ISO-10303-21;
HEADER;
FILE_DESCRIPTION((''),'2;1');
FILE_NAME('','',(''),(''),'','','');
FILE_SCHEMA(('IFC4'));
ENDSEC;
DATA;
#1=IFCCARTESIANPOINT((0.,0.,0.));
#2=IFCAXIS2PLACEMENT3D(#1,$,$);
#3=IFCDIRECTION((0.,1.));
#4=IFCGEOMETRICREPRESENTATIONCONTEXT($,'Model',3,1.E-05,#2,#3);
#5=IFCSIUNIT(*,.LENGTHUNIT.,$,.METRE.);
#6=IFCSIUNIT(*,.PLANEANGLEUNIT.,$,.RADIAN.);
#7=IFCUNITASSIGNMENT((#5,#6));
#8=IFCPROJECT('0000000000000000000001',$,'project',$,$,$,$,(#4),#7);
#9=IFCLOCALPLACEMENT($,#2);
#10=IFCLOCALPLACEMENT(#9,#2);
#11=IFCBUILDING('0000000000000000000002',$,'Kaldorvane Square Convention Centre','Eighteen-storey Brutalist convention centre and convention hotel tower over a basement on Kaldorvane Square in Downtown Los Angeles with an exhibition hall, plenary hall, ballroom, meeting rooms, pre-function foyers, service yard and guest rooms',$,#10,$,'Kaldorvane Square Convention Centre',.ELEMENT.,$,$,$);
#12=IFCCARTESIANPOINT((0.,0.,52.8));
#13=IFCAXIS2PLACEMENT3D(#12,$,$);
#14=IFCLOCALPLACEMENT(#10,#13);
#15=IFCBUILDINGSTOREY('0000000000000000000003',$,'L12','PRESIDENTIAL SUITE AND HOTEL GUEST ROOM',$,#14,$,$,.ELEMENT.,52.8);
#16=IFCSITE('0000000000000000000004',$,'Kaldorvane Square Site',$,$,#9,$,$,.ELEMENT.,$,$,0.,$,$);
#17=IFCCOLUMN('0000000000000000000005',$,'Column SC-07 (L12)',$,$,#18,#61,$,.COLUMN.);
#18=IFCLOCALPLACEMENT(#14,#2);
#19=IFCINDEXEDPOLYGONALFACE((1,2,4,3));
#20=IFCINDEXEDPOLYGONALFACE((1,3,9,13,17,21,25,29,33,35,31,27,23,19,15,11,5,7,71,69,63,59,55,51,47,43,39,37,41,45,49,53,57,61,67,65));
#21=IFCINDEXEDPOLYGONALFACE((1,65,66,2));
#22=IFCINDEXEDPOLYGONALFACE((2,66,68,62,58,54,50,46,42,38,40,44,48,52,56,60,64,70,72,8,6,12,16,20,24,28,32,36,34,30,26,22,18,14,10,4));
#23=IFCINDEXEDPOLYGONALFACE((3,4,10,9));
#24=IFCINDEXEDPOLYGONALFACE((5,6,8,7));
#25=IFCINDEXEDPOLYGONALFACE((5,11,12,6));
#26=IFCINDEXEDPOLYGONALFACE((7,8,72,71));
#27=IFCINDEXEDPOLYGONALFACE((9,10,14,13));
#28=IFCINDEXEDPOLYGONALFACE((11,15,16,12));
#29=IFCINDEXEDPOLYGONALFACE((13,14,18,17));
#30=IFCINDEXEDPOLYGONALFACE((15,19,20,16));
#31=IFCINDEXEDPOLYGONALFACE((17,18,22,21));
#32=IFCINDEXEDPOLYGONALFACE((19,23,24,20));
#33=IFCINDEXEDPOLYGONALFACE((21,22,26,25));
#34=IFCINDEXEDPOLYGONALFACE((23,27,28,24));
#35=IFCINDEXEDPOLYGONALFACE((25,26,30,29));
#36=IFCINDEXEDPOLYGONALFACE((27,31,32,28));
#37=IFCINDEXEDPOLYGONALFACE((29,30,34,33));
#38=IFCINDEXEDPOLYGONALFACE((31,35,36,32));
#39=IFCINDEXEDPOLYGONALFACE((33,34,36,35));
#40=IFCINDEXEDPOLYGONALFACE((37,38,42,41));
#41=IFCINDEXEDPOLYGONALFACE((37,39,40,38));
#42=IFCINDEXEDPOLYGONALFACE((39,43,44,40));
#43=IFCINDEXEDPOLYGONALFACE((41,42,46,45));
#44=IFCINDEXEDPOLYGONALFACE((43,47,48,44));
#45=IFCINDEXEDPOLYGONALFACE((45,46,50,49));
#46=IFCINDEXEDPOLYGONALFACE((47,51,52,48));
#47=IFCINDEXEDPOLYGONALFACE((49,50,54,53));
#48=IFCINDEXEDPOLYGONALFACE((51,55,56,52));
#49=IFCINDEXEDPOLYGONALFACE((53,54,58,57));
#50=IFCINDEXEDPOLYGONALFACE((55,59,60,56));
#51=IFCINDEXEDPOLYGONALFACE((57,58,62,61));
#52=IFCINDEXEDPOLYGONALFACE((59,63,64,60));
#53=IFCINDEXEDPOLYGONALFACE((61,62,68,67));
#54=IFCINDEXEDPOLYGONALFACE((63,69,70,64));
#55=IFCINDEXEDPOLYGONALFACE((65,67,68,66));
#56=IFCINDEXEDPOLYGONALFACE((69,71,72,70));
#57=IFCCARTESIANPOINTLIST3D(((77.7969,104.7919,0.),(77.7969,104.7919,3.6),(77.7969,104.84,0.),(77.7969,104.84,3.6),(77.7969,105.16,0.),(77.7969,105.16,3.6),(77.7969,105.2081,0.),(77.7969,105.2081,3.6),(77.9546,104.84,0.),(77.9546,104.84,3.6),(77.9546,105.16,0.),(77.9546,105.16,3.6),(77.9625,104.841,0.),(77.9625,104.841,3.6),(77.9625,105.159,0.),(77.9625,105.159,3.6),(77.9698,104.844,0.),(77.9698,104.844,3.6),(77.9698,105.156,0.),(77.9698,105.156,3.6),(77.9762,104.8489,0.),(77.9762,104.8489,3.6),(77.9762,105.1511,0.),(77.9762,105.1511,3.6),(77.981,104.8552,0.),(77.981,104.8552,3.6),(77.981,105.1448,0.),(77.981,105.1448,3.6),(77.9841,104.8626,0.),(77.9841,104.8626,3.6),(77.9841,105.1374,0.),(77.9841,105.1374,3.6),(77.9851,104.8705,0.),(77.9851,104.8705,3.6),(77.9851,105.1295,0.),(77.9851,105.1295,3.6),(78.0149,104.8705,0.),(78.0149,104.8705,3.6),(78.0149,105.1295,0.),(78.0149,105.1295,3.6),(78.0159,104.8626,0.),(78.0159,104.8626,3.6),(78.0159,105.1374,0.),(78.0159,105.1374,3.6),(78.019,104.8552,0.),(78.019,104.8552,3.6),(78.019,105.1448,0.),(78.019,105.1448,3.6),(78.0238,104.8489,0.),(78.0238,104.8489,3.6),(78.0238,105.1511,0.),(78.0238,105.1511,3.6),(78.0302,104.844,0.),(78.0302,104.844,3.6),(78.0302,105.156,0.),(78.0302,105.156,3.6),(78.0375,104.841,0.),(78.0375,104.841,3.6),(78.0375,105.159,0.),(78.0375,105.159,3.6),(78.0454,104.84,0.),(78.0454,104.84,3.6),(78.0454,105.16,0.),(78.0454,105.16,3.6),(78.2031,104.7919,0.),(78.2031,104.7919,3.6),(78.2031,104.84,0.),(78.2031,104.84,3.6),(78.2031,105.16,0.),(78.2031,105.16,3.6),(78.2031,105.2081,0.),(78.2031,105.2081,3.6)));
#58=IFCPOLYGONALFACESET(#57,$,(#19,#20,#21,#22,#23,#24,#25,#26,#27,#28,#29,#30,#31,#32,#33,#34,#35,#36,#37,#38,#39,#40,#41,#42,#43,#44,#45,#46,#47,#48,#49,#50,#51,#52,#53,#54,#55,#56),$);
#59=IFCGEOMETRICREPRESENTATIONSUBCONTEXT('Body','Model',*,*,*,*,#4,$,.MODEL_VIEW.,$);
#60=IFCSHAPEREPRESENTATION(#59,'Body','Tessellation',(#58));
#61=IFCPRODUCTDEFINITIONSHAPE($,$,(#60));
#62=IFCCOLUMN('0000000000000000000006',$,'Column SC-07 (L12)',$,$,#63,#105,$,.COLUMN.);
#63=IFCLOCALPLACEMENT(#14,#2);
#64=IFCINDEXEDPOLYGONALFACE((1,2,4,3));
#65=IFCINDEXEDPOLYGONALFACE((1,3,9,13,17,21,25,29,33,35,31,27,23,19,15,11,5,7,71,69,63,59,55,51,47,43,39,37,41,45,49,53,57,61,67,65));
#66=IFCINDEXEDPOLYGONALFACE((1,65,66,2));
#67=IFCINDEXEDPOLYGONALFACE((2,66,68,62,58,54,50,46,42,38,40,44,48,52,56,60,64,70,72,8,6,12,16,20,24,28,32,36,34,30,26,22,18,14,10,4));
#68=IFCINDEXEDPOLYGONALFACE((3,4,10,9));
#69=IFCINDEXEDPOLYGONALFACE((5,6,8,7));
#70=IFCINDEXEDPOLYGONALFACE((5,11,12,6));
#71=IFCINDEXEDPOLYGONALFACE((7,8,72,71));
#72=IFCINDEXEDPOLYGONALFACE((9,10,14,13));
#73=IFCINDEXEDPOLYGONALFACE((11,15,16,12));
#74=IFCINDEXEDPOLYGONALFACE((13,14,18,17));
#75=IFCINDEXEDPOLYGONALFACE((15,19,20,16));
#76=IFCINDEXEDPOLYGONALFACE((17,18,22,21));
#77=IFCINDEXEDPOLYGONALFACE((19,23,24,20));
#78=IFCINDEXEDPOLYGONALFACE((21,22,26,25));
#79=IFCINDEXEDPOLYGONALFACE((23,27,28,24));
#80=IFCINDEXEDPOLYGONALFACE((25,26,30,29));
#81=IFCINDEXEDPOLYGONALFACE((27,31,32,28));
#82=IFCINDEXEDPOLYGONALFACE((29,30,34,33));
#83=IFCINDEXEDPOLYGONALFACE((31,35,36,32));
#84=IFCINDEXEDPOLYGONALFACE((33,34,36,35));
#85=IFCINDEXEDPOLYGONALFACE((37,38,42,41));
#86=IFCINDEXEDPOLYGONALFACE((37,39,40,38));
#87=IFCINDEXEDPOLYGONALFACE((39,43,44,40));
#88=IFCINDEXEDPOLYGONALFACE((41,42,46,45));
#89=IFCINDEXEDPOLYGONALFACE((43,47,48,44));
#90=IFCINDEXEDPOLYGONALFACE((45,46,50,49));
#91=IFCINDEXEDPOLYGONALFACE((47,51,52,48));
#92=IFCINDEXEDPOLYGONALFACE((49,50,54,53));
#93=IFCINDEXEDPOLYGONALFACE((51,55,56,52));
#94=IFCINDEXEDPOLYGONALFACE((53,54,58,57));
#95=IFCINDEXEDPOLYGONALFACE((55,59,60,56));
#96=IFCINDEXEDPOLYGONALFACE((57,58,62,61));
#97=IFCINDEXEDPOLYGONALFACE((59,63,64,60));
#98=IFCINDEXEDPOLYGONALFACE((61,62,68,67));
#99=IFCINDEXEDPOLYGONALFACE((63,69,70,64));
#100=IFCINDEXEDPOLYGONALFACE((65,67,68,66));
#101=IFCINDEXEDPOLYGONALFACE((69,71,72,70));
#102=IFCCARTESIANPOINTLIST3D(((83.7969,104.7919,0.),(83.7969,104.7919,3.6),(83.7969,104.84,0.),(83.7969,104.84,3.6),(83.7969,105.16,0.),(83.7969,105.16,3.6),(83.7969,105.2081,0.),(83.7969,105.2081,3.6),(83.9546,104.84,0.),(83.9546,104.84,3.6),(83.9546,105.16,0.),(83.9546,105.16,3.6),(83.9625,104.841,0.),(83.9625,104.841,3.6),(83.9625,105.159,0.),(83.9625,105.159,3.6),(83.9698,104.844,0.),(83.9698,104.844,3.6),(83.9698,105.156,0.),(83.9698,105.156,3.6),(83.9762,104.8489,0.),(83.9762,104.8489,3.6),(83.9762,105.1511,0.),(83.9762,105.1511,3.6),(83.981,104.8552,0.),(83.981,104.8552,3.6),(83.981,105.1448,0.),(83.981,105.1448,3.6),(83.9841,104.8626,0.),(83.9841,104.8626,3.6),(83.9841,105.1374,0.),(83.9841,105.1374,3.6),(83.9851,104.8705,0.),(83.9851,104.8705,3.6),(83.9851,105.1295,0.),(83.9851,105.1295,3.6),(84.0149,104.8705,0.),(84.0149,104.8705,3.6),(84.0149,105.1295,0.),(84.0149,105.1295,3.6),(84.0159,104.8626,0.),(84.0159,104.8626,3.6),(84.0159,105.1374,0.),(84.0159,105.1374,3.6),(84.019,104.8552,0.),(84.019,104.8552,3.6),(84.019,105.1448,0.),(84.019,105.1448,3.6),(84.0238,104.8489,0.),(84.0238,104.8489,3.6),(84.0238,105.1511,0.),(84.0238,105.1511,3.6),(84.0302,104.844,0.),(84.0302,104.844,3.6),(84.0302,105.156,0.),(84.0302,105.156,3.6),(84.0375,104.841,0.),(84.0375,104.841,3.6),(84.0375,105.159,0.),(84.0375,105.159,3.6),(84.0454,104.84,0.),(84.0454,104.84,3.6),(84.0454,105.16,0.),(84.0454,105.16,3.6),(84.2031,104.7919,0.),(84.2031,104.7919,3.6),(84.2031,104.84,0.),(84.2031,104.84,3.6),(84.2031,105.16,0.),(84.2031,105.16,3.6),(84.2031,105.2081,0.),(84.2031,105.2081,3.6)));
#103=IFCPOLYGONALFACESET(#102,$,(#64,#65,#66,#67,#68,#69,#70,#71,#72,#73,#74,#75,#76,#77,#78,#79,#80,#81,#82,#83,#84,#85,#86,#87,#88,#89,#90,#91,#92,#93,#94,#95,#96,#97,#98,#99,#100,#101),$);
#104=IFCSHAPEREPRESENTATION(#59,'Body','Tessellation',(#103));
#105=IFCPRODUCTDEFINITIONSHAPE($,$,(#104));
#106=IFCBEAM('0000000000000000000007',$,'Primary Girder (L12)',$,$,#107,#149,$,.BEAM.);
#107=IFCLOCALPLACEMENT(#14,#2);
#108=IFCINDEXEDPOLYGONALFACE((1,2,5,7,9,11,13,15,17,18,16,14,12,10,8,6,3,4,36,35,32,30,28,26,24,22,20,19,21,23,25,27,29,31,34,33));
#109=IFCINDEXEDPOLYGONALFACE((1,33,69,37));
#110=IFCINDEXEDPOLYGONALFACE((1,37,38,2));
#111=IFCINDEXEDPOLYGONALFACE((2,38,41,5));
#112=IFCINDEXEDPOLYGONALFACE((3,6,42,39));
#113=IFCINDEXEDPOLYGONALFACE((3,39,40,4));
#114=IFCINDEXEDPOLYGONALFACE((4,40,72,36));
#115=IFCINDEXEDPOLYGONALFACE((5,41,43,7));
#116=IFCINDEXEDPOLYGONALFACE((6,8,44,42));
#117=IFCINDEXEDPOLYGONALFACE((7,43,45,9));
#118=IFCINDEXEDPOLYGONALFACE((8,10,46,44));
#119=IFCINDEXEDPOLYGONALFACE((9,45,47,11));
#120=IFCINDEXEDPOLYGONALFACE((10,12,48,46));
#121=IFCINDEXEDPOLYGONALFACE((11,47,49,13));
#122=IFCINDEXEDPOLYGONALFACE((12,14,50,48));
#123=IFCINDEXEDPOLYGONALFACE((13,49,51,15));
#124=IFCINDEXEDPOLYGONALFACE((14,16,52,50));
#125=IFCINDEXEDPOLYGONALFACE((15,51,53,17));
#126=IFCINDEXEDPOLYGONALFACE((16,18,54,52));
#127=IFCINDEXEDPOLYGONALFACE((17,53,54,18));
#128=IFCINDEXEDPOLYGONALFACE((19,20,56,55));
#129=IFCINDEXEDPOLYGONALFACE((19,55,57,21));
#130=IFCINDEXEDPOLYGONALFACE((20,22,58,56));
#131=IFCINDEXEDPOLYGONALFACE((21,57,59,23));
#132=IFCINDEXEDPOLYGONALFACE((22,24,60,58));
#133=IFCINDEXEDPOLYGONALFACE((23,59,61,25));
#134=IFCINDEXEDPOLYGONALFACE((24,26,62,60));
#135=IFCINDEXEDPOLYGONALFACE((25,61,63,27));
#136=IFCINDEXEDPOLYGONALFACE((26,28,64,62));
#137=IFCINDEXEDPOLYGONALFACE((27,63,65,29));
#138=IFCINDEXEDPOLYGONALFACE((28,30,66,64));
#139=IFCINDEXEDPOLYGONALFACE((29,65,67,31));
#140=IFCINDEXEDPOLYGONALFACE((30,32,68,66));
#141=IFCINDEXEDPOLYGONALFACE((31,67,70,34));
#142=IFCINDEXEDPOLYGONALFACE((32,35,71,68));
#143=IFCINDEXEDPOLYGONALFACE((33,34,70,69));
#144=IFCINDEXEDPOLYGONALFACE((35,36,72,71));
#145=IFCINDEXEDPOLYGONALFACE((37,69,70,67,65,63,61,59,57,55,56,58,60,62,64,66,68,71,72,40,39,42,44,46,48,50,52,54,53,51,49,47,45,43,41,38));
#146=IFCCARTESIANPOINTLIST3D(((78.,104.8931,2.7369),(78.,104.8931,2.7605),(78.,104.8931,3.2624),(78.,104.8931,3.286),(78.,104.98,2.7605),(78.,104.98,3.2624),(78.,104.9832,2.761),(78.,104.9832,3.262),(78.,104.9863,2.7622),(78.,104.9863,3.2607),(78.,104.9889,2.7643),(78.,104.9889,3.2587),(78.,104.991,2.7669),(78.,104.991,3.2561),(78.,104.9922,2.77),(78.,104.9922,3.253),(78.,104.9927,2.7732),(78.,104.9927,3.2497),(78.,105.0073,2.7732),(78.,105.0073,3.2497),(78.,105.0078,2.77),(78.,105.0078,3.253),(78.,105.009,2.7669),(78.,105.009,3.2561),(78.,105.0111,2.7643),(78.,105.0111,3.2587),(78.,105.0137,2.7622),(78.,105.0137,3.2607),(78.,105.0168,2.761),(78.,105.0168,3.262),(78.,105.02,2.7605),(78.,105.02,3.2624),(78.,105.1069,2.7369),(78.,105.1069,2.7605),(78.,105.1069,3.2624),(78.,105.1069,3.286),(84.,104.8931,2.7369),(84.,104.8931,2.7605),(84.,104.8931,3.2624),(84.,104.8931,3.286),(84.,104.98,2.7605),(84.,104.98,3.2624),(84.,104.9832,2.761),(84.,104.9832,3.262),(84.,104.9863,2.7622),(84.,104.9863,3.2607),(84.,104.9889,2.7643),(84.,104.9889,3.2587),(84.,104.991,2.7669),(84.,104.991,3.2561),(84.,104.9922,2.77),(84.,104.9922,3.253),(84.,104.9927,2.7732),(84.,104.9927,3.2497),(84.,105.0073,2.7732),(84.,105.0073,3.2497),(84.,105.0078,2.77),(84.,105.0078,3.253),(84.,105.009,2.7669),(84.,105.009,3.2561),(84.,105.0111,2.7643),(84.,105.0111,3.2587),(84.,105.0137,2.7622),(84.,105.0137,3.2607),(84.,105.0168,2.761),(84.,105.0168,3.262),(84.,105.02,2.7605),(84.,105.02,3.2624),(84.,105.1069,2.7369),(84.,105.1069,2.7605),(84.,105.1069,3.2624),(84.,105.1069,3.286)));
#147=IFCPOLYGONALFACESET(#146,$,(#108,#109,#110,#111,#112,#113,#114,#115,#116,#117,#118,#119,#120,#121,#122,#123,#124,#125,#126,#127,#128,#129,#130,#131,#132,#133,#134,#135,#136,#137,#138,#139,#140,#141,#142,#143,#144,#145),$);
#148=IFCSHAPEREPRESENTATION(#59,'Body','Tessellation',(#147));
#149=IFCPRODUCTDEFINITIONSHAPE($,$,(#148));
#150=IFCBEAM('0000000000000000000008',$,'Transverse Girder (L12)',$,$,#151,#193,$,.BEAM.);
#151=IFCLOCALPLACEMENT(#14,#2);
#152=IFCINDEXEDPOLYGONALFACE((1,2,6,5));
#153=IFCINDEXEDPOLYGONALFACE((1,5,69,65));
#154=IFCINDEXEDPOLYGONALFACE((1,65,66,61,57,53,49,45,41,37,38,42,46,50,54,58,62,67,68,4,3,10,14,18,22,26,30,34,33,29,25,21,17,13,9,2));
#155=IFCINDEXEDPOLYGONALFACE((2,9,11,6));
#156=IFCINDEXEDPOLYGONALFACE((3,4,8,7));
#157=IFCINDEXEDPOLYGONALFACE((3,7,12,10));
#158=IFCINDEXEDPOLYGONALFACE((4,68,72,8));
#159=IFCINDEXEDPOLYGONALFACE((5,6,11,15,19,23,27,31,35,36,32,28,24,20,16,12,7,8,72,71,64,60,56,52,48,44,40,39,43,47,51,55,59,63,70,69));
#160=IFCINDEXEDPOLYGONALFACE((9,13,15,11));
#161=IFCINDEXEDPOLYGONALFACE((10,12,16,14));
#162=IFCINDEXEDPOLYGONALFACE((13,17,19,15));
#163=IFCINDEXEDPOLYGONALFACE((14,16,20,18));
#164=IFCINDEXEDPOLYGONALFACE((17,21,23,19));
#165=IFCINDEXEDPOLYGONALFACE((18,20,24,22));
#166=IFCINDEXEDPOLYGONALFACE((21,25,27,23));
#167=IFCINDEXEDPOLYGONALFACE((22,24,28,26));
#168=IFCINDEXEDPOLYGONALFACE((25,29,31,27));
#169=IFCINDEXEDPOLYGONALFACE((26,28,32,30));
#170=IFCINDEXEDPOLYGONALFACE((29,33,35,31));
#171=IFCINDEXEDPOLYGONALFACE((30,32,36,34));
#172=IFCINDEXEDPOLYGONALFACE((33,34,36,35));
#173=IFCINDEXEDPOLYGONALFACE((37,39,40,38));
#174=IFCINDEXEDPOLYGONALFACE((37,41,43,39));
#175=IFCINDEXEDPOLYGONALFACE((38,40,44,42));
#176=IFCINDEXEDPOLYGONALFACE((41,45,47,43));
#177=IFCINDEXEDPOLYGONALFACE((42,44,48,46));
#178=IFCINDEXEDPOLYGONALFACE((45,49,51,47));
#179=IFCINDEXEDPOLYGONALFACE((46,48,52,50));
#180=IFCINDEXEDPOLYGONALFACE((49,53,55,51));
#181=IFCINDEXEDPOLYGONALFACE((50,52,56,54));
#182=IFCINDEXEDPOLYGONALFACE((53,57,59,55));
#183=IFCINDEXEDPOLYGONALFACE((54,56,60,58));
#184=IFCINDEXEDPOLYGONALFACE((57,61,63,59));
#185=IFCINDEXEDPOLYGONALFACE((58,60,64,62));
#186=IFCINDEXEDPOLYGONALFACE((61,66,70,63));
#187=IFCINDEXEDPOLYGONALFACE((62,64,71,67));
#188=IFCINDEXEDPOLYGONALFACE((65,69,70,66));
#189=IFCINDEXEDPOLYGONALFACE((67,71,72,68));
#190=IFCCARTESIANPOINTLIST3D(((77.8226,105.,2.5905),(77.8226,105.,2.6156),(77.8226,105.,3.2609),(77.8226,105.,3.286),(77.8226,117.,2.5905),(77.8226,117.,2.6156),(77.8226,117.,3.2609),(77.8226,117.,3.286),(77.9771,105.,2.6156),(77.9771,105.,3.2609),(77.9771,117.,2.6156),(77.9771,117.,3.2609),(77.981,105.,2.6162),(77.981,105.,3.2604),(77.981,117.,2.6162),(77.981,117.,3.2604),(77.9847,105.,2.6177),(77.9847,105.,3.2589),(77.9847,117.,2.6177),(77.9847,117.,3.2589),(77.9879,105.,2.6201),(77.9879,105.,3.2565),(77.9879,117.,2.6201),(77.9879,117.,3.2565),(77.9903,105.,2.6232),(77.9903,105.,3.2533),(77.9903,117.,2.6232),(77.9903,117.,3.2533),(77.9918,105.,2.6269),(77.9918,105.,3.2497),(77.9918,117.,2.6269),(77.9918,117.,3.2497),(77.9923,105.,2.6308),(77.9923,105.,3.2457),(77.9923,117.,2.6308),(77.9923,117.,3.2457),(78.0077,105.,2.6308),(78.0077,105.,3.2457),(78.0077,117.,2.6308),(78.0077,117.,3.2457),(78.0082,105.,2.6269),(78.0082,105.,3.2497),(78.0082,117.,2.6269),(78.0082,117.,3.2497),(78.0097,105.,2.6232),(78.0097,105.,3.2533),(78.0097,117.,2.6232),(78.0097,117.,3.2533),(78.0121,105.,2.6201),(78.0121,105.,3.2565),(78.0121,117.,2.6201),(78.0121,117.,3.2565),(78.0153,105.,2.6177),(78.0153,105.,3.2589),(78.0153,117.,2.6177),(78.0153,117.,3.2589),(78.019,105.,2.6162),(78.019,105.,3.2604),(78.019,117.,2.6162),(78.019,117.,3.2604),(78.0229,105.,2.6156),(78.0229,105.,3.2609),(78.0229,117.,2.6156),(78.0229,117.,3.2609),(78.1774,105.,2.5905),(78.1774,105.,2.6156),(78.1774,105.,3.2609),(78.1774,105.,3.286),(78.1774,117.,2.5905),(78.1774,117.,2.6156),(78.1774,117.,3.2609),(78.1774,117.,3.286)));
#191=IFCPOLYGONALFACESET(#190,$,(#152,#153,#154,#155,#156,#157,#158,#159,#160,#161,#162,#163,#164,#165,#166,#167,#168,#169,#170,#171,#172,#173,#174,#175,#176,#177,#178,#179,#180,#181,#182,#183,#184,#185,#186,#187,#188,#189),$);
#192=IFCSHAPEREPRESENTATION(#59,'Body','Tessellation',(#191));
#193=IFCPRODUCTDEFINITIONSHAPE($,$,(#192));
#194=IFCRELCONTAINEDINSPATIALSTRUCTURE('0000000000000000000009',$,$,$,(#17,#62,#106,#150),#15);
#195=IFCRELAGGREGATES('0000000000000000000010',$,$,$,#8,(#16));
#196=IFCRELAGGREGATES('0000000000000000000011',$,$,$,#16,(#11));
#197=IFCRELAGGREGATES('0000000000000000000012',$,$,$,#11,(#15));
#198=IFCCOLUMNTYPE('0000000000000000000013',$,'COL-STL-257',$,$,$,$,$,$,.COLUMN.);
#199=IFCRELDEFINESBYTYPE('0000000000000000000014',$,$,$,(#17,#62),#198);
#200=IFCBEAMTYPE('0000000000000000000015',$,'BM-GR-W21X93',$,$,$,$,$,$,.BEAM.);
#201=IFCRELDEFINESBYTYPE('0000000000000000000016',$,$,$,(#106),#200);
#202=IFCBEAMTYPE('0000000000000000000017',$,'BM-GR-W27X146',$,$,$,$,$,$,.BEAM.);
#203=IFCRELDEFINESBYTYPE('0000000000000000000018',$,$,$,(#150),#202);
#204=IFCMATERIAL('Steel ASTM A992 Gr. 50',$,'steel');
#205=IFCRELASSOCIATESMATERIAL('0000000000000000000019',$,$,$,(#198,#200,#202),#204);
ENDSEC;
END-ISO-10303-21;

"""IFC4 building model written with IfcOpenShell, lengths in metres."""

from ifc_helpers import new_model, si_unit, direction, frame, origin, origin_2d, place, context, subcontext, project, spatial, i_section, extrude, material, material_profile, profile_set, type_object, element, save


model = new_model("IFC4")

# Units and contexts
model_context = context("Model", 3, precision=1e-05, world=origin(), true_north=direction((0.0, 1.0)))
body_context = subcontext(model_context, "Body", "Model", "MODEL_VIEW")
ifc_project = project(units=[si_unit("LENGTHUNIT", "METRE"), si_unit("PLANEANGLEUNIT", "RADIAN")], contexts=[model_context])

# Site, building, storey
site_placement = place(None, origin())
site = spatial("IfcSite", under=ifc_project, at=site_placement, Name="Kaldorvane Square Site", CompositionType="ELEMENT", RefElevation=0.0)
building_placement = place(site_placement, origin())
building = spatial("IfcBuilding", under=site, at=building_placement, Name="Kaldorvane Square Convention Centre", Description="Eighteen-storey Brutalist convention centre and convention hotel tower over a basement on Kaldorvane Square in Downtown Los Angeles with an exhibition hall, plenary hall, ballroom, meeting rooms, pre-function foyers, service yard and guest rooms", LongName="Kaldorvane Square Convention Centre", CompositionType="ELEMENT")
storey_placement = place(building_placement, frame((0.0, 0.0, 52.8)))
storey = spatial("IfcBuildingStorey", under=building, at=storey_placement, Name="L12", Description="PRESIDENTIAL SUITE AND HOTEL GUEST ROOM", CompositionType="ELEMENT", Elevation=52.8)

# Columns
ifc_material_1 = material(Name="Steel ASTM A992 Gr. 50", Category="steel")
ifc_material_profile_1 = material_profile(ifc_material_1, i_section(OverallWidth=0.4063, OverallDepth=0.4161, WebThickness=0.0298, FlangeThickness=0.048, FilletRadius=0.0305, at=origin_2d()), Name="W14X257")
ifc_profile_set_1 = profile_set([ifc_material_profile_1], Name="Steel ASTM A992 Gr. 50")
column_type = type_object("IfcColumnType", Name="COL-STL-257", PredefinedType="COLUMN", material=ifc_profile_set_1)
for number, where, z_axis, x_axis, name in (
    (1, (78.0, 105.0, 0.0), (0.0, 0.0, 1.0), (1.0, 0.0, 0.0), "Column SC-07 (L12)"),
    (2, (84.0, 105.0, 0.0), (0.0, 0.0, 1.0), (1.0, 0.0, 0.0), "Column SC-07 (L12)"),
):
    element("IfcColumn", number, at=place(storey_placement, frame(where, z_axis=z_axis, x_axis=x_axis)), inside=storey, type_object=column_type, Name=name, PredefinedType="COLUMN", context=body_context, shape_type="SweptSolid", body=[
        extrude(i_section(OverallWidth=0.4063, OverallDepth=0.4161, WebThickness=0.0298, FlangeThickness=0.048, FilletRadius=0.0305, at=origin_2d()), origin(), (0.0, 0.0, 1.0), 3.6),
    ])

# Beams
ifc_material_profile_2 = material_profile(ifc_material_1, i_section(OverallWidth=0.2139, OverallDepth=0.5491, WebThickness=0.0147, FlangeThickness=0.0236, FilletRadius=0.0127, at=origin_2d()), Name="W21X93")
ifc_profile_set_2 = profile_set([ifc_material_profile_2], Name="Steel ASTM A992 Gr. 50")
beam_type_1 = type_object("IfcBeamType", Name="BM-GR-W21X93", PredefinedType="BEAM", material=ifc_profile_set_2)
beam_1_placement = place(storey_placement, frame((78.0, 105.0, 3.0115), z_axis=(1.0, 0.0, 0.0), x_axis=(0.0, 1.0, 0.0)))
element("IfcBeam", 3, at=beam_1_placement, inside=storey, type_object=beam_type_1, Name="Primary Girder (L12)", PredefinedType="BEAM", context=body_context, shape_type="SweptSolid", body=[
    extrude(i_section(OverallWidth=0.2139, OverallDepth=0.5491, WebThickness=0.0147, FlangeThickness=0.0236, FilletRadius=0.0127, at=origin_2d()), origin(), (0.0, 0.0, 1.0), 6.0),
])
ifc_material_profile_3 = material_profile(ifc_material_1, i_section(OverallWidth=0.3547, OverallDepth=0.6955, WebThickness=0.0154, FlangeThickness=0.0251, FilletRadius=0.0152, at=origin_2d()), Name="W27X146")
ifc_profile_set_3 = profile_set([ifc_material_profile_3], Name="Steel ASTM A992 Gr. 50")
beam_type_2 = type_object("IfcBeamType", Name="BM-GR-W27X146", PredefinedType="BEAM", material=ifc_profile_set_3)
beam_2_placement = place(storey_placement, frame((78.0, 105.0, 2.9383), z_axis=(0.0, 1.0, 0.0), x_axis=(-1.0, 0.0, 0.0)))
element("IfcBeam", 4, at=beam_2_placement, inside=storey, type_object=beam_type_2, Name="Transverse Girder (L12)", PredefinedType="BEAM", context=body_context, shape_type="SweptSolid", body=[
    extrude(i_section(OverallWidth=0.3547, OverallDepth=0.6955, WebThickness=0.0154, FlangeThickness=0.0251, FilletRadius=0.0152, at=origin_2d()), origin(), (0.0, 0.0, 1.0), 12.0),
])

save(model, "model.ifc")
